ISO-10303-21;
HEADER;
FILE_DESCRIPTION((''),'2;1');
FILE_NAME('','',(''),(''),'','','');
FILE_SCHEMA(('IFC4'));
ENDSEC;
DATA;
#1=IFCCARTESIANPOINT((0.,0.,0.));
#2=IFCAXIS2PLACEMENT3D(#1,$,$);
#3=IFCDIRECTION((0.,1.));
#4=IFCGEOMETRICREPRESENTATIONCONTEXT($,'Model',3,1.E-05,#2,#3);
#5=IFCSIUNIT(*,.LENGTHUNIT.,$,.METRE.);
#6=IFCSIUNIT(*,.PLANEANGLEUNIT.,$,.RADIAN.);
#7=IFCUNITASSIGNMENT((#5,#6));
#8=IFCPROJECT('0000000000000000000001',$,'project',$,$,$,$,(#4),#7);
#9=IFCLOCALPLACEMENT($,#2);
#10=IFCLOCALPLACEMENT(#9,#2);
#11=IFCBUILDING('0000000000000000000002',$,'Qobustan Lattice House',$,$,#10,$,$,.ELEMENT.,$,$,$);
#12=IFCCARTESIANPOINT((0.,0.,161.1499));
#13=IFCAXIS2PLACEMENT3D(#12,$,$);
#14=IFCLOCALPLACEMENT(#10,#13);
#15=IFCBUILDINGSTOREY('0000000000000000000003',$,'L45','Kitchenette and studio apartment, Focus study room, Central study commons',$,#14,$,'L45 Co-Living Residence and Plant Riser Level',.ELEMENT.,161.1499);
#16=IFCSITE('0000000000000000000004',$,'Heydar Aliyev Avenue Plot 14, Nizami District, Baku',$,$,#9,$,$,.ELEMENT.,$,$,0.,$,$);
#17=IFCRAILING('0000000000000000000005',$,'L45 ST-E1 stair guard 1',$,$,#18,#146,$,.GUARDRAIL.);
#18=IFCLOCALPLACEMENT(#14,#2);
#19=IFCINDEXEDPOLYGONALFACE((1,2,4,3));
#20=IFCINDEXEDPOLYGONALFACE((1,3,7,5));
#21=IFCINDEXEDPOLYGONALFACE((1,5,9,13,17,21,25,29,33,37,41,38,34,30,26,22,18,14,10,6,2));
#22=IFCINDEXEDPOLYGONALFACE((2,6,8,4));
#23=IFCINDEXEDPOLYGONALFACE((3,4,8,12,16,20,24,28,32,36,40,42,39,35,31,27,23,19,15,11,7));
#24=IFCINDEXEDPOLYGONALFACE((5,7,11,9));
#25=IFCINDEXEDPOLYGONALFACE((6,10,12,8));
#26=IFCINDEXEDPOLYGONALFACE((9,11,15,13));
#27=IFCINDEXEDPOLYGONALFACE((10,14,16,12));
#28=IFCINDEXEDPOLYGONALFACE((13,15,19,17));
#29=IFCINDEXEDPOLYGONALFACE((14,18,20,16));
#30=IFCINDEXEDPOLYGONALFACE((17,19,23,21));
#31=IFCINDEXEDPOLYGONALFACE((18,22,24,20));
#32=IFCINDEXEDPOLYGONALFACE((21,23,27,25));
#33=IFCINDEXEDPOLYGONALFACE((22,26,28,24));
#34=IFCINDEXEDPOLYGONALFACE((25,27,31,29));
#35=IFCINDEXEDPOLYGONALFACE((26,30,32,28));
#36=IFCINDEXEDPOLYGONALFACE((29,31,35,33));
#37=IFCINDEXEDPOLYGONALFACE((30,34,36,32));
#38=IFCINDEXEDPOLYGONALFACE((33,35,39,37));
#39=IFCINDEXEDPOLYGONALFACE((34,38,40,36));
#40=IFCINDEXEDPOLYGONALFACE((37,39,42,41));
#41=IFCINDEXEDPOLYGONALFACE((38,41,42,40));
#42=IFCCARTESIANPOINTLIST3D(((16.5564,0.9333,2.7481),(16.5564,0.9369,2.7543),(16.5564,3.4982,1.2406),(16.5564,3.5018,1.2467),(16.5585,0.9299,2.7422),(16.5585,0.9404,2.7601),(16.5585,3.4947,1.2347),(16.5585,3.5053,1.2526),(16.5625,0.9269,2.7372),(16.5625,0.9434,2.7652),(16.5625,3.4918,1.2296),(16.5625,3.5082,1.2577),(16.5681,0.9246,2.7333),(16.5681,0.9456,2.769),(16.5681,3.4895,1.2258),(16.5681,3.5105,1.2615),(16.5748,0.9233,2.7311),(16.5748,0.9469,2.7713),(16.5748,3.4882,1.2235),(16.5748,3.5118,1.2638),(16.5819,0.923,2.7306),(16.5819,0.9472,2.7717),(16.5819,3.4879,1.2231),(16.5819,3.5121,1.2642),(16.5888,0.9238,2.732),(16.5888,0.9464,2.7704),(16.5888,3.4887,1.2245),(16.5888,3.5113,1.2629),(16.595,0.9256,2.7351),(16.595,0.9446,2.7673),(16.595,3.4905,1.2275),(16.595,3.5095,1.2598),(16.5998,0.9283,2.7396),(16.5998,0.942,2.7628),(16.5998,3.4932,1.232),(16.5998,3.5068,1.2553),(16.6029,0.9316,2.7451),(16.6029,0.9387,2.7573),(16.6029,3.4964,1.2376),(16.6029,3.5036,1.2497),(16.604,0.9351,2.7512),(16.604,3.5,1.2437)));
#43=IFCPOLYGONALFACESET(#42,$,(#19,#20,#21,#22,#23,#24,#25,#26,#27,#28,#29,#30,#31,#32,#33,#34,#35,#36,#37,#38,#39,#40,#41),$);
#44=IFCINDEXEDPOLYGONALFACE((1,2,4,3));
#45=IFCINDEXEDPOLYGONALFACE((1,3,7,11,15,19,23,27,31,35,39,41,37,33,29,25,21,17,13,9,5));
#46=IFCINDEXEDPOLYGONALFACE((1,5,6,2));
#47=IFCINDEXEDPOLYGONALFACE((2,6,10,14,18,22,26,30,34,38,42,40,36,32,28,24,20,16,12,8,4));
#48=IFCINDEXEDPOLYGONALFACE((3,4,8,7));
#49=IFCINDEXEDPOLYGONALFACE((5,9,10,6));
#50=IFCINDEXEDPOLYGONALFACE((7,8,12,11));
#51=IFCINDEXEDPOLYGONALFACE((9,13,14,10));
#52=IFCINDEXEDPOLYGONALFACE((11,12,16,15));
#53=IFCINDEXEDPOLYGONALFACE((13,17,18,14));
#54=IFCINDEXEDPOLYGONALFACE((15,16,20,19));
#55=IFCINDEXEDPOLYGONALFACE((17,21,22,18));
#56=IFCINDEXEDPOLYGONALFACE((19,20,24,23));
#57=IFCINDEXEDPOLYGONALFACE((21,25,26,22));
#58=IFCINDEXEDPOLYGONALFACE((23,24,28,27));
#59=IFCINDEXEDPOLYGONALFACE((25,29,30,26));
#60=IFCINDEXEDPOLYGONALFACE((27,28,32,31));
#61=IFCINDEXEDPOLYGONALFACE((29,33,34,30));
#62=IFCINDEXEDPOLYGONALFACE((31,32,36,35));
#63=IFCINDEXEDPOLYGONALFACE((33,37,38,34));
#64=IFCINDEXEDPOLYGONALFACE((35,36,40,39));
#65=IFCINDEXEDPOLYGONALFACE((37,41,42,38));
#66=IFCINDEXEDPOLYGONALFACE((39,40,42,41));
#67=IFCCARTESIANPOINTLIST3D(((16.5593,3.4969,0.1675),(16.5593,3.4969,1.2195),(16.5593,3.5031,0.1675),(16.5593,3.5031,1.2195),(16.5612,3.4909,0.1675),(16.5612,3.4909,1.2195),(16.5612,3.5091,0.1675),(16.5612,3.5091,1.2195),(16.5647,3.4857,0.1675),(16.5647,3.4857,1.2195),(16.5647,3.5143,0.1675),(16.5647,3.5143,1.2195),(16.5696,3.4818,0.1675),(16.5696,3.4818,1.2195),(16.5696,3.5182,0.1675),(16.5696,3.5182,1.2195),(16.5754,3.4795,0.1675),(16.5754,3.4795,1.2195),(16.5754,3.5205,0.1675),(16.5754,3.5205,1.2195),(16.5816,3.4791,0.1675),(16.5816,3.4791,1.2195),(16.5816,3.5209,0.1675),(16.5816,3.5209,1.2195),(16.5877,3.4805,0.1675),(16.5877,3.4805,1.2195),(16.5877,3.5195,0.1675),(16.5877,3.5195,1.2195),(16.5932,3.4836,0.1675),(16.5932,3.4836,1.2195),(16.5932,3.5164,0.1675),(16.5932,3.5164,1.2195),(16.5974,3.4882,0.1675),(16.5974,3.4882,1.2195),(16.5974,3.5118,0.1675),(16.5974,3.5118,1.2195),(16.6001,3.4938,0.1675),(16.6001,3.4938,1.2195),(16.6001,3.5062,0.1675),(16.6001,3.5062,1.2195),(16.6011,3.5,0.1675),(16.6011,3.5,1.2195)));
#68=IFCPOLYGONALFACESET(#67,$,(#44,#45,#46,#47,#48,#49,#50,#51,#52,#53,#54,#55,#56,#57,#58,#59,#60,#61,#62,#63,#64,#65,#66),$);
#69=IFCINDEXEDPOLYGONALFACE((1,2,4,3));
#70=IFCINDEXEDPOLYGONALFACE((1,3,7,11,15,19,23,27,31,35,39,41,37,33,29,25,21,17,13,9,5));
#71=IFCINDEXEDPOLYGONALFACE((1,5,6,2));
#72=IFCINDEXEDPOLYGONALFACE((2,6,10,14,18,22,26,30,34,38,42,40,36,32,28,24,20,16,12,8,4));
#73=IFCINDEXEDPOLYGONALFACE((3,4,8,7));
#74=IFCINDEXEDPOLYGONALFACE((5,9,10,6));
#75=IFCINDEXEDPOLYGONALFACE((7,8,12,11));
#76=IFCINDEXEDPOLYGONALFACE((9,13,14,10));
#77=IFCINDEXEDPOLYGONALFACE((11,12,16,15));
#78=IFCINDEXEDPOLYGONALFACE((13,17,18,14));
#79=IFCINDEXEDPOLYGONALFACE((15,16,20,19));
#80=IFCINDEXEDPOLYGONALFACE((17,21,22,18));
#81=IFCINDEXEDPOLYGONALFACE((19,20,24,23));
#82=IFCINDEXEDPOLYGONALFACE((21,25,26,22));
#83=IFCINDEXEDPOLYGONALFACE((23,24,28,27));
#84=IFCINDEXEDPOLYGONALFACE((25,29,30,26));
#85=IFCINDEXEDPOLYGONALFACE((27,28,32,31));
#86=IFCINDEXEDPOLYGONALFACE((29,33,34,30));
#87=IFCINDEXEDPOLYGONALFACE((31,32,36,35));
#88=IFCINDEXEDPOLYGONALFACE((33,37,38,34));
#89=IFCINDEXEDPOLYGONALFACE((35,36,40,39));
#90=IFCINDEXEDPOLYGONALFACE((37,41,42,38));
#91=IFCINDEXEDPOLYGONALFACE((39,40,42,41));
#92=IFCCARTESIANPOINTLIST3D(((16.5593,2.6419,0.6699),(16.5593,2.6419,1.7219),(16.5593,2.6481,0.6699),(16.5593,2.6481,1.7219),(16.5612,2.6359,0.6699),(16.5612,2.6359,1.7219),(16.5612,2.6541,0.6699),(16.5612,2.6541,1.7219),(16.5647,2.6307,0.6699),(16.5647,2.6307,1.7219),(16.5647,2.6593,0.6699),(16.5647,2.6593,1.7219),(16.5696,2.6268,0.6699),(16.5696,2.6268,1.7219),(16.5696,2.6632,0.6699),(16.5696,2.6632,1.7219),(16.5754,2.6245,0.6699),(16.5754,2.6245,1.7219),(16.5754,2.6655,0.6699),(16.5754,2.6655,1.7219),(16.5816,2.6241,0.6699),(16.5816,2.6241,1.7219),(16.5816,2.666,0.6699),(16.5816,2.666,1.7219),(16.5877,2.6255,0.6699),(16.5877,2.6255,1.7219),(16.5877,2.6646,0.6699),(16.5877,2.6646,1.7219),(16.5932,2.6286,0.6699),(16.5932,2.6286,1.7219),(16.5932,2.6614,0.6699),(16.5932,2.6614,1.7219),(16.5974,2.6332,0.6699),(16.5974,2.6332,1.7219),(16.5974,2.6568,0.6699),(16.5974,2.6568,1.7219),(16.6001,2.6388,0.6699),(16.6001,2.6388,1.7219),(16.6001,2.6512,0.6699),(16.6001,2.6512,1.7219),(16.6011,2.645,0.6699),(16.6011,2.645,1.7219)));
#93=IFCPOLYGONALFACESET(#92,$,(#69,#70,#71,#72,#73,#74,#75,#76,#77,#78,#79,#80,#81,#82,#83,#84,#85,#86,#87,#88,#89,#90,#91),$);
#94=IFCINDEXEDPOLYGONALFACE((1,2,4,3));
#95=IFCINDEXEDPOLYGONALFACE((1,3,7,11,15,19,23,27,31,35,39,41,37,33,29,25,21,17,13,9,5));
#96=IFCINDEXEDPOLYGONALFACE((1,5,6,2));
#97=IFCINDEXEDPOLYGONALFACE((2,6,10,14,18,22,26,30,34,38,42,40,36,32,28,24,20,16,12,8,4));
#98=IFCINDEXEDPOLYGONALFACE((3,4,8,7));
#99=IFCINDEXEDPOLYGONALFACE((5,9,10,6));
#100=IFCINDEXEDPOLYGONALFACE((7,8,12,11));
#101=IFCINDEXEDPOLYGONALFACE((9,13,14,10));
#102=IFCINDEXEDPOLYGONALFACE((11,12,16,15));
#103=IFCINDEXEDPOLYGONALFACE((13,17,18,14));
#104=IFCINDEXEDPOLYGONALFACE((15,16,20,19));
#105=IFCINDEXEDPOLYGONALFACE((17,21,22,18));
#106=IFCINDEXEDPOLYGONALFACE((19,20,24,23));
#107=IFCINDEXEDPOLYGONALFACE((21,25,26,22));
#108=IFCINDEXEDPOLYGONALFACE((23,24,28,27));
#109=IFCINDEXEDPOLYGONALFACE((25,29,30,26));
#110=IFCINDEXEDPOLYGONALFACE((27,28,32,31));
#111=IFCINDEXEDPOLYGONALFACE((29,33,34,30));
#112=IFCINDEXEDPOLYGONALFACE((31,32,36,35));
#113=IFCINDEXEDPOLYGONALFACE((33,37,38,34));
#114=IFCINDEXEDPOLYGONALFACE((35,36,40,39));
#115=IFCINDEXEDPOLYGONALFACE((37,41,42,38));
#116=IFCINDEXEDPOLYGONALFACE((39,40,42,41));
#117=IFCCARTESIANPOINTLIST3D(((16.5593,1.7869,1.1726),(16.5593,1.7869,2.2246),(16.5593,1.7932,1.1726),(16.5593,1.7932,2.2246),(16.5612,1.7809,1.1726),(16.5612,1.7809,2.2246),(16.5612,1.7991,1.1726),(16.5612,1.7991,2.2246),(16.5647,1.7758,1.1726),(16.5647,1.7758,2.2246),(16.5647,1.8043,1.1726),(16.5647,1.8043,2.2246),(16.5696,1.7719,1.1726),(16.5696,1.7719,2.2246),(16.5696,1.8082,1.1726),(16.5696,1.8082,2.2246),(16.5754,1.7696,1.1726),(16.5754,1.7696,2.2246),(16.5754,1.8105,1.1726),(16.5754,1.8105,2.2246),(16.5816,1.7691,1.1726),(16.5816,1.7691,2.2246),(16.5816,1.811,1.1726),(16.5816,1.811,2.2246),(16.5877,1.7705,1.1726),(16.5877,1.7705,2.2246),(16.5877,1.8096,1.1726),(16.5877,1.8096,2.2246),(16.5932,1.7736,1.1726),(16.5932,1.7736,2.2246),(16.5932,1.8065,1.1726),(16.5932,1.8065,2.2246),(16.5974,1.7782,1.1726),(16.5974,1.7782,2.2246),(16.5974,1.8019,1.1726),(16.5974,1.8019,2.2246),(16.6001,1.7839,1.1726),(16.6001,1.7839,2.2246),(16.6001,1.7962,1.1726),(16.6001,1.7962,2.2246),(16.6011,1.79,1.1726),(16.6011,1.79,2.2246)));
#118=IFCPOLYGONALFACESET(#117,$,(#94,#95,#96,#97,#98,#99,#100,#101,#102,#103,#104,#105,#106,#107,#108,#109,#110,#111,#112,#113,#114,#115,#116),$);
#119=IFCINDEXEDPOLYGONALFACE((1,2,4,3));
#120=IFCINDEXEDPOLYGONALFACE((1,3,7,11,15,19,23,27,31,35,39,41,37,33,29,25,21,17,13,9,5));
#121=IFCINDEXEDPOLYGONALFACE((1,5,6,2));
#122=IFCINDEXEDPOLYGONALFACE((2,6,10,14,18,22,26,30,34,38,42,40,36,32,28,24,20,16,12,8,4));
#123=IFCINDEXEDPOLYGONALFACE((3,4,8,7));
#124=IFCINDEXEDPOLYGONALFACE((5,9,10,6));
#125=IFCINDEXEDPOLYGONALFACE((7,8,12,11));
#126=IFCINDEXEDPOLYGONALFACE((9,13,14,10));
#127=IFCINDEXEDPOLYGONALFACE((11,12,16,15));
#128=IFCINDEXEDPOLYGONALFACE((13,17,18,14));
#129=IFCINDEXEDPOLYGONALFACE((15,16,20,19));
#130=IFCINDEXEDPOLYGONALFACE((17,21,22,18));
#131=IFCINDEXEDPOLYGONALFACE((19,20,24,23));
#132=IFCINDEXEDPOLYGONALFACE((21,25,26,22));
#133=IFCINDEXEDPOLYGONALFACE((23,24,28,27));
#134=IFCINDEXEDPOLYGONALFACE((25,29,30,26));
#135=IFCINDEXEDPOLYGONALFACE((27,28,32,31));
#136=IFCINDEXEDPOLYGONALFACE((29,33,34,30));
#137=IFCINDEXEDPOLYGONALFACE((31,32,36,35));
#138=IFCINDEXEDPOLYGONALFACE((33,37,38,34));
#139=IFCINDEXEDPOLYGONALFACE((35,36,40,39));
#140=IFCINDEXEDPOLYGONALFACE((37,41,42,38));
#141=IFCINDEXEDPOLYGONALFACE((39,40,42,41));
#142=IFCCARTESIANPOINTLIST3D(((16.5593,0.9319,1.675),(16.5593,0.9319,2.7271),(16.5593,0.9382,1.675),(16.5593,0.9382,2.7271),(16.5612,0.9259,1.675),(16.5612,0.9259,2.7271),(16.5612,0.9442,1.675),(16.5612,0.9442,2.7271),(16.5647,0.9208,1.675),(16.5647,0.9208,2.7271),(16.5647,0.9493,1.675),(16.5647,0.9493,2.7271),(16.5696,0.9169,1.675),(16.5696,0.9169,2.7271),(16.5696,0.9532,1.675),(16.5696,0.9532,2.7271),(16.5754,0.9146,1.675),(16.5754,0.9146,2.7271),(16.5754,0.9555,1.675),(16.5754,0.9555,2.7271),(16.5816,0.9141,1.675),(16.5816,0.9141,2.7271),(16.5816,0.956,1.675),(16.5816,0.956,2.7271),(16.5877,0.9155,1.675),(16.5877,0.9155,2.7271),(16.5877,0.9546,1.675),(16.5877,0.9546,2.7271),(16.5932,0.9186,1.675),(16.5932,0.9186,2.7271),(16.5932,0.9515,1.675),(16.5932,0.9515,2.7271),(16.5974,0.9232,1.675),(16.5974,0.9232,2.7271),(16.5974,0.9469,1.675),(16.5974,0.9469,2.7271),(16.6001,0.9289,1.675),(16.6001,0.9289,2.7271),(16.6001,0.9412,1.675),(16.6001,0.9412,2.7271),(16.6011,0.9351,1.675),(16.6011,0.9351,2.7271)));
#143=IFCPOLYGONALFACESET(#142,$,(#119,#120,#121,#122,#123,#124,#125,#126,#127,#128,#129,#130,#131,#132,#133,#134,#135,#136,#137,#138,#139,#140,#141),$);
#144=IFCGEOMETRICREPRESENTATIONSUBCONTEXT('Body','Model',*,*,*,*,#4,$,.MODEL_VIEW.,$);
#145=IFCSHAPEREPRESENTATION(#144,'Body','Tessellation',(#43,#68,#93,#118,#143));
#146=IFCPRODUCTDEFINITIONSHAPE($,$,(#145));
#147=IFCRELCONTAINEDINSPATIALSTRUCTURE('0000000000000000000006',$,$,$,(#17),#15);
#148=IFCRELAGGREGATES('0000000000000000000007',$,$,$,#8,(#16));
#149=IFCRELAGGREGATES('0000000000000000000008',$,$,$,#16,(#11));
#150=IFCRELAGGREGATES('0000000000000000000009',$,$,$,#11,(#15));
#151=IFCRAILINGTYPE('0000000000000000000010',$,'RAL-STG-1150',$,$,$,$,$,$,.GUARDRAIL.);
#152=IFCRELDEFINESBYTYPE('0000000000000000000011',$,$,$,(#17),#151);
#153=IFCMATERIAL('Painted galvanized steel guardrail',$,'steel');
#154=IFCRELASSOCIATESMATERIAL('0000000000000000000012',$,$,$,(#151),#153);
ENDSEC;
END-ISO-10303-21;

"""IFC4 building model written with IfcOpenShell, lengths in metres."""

from ifc_helpers import new_model, si_unit, direction, frame, origin, origin_2d, place, context, subcontext, project, spatial, circle, extrude, material, type_object, element, save


model = new_model("IFC4")

# Units and contexts
model_context = context("Model", 3, precision=1e-05, world=origin(), true_north=direction((0.0, 1.0)))
body_context = subcontext(model_context, "Body", "Model", "MODEL_VIEW")
ifc_project = project(units=[si_unit("LENGTHUNIT", "METRE"), si_unit("PLANEANGLEUNIT", "RADIAN")], contexts=[model_context])

# Site, building, storey
site_placement = place(None, origin())
site = spatial("IfcSite", under=ifc_project, at=site_placement, Name="Heydar Aliyev Avenue Plot 14, Nizami District, Baku", CompositionType="ELEMENT", RefElevation=0.0)
building_placement = place(site_placement, origin())
building = spatial("IfcBuilding", under=site, at=building_placement, Name="Qobustan Lattice House", CompositionType="ELEMENT")
storey_placement = place(building_placement, frame((0.0, 0.0, 161.1499)))
storey = spatial("IfcBuildingStorey", under=building, at=storey_placement, Name="L45", Description="Kitchenette and studio apartment, Focus study room, Central study commons", LongName="L45 Co-Living Residence and Plant Riser Level", CompositionType="ELEMENT", Elevation=161.1499)

# Railing
ifc_material_1 = material(Name="Painted galvanized steel guardrail", Category="steel")
railing_type_1 = type_object("IfcRailingType", Name="RAL-STG-1150", PredefinedType="GUARDRAIL", material=ifc_material_1)
railing_1_placement = place(storey_placement, frame((16.5801, 3.5, 0.1675)))
element("IfcRailing", 1, at=railing_1_placement, inside=storey, type_object=railing_type_1, Name="L45 ST-E1 stair guard 1", PredefinedType="GUARDRAIL", context=body_context, shape_type="SweptSolid", body=[
    extrude(circle(Radius=0.0239, at=origin_2d()), frame((0.0, 0.0, 1.0762), z_axis=(0.0, -0.862113, 0.506715), x_axis=(1.0, 0.0, 0.0)), (0.0, 0.0, 1.0), 2.9751),
    extrude(circle(Radius=0.021, at=origin_2d()), origin(), (0.0, 0.0, 1.0), 1.052),
    extrude(circle(Radius=0.021, at=origin_2d()), frame((0.0, -0.855, 0.5024)), (0.0, 0.0, 1.0), 1.052),
    extrude(circle(Radius=0.021, at=origin_2d()), frame((0.0, -1.71, 1.0051)), (0.0, 0.0, 1.0), 1.052),
    extrude(circle(Radius=0.021, at=origin_2d()), frame((0.0, -2.5649, 1.5076)), (0.0, 0.0, 1.0), 1.052),
])

save(model, "model.ifc")
